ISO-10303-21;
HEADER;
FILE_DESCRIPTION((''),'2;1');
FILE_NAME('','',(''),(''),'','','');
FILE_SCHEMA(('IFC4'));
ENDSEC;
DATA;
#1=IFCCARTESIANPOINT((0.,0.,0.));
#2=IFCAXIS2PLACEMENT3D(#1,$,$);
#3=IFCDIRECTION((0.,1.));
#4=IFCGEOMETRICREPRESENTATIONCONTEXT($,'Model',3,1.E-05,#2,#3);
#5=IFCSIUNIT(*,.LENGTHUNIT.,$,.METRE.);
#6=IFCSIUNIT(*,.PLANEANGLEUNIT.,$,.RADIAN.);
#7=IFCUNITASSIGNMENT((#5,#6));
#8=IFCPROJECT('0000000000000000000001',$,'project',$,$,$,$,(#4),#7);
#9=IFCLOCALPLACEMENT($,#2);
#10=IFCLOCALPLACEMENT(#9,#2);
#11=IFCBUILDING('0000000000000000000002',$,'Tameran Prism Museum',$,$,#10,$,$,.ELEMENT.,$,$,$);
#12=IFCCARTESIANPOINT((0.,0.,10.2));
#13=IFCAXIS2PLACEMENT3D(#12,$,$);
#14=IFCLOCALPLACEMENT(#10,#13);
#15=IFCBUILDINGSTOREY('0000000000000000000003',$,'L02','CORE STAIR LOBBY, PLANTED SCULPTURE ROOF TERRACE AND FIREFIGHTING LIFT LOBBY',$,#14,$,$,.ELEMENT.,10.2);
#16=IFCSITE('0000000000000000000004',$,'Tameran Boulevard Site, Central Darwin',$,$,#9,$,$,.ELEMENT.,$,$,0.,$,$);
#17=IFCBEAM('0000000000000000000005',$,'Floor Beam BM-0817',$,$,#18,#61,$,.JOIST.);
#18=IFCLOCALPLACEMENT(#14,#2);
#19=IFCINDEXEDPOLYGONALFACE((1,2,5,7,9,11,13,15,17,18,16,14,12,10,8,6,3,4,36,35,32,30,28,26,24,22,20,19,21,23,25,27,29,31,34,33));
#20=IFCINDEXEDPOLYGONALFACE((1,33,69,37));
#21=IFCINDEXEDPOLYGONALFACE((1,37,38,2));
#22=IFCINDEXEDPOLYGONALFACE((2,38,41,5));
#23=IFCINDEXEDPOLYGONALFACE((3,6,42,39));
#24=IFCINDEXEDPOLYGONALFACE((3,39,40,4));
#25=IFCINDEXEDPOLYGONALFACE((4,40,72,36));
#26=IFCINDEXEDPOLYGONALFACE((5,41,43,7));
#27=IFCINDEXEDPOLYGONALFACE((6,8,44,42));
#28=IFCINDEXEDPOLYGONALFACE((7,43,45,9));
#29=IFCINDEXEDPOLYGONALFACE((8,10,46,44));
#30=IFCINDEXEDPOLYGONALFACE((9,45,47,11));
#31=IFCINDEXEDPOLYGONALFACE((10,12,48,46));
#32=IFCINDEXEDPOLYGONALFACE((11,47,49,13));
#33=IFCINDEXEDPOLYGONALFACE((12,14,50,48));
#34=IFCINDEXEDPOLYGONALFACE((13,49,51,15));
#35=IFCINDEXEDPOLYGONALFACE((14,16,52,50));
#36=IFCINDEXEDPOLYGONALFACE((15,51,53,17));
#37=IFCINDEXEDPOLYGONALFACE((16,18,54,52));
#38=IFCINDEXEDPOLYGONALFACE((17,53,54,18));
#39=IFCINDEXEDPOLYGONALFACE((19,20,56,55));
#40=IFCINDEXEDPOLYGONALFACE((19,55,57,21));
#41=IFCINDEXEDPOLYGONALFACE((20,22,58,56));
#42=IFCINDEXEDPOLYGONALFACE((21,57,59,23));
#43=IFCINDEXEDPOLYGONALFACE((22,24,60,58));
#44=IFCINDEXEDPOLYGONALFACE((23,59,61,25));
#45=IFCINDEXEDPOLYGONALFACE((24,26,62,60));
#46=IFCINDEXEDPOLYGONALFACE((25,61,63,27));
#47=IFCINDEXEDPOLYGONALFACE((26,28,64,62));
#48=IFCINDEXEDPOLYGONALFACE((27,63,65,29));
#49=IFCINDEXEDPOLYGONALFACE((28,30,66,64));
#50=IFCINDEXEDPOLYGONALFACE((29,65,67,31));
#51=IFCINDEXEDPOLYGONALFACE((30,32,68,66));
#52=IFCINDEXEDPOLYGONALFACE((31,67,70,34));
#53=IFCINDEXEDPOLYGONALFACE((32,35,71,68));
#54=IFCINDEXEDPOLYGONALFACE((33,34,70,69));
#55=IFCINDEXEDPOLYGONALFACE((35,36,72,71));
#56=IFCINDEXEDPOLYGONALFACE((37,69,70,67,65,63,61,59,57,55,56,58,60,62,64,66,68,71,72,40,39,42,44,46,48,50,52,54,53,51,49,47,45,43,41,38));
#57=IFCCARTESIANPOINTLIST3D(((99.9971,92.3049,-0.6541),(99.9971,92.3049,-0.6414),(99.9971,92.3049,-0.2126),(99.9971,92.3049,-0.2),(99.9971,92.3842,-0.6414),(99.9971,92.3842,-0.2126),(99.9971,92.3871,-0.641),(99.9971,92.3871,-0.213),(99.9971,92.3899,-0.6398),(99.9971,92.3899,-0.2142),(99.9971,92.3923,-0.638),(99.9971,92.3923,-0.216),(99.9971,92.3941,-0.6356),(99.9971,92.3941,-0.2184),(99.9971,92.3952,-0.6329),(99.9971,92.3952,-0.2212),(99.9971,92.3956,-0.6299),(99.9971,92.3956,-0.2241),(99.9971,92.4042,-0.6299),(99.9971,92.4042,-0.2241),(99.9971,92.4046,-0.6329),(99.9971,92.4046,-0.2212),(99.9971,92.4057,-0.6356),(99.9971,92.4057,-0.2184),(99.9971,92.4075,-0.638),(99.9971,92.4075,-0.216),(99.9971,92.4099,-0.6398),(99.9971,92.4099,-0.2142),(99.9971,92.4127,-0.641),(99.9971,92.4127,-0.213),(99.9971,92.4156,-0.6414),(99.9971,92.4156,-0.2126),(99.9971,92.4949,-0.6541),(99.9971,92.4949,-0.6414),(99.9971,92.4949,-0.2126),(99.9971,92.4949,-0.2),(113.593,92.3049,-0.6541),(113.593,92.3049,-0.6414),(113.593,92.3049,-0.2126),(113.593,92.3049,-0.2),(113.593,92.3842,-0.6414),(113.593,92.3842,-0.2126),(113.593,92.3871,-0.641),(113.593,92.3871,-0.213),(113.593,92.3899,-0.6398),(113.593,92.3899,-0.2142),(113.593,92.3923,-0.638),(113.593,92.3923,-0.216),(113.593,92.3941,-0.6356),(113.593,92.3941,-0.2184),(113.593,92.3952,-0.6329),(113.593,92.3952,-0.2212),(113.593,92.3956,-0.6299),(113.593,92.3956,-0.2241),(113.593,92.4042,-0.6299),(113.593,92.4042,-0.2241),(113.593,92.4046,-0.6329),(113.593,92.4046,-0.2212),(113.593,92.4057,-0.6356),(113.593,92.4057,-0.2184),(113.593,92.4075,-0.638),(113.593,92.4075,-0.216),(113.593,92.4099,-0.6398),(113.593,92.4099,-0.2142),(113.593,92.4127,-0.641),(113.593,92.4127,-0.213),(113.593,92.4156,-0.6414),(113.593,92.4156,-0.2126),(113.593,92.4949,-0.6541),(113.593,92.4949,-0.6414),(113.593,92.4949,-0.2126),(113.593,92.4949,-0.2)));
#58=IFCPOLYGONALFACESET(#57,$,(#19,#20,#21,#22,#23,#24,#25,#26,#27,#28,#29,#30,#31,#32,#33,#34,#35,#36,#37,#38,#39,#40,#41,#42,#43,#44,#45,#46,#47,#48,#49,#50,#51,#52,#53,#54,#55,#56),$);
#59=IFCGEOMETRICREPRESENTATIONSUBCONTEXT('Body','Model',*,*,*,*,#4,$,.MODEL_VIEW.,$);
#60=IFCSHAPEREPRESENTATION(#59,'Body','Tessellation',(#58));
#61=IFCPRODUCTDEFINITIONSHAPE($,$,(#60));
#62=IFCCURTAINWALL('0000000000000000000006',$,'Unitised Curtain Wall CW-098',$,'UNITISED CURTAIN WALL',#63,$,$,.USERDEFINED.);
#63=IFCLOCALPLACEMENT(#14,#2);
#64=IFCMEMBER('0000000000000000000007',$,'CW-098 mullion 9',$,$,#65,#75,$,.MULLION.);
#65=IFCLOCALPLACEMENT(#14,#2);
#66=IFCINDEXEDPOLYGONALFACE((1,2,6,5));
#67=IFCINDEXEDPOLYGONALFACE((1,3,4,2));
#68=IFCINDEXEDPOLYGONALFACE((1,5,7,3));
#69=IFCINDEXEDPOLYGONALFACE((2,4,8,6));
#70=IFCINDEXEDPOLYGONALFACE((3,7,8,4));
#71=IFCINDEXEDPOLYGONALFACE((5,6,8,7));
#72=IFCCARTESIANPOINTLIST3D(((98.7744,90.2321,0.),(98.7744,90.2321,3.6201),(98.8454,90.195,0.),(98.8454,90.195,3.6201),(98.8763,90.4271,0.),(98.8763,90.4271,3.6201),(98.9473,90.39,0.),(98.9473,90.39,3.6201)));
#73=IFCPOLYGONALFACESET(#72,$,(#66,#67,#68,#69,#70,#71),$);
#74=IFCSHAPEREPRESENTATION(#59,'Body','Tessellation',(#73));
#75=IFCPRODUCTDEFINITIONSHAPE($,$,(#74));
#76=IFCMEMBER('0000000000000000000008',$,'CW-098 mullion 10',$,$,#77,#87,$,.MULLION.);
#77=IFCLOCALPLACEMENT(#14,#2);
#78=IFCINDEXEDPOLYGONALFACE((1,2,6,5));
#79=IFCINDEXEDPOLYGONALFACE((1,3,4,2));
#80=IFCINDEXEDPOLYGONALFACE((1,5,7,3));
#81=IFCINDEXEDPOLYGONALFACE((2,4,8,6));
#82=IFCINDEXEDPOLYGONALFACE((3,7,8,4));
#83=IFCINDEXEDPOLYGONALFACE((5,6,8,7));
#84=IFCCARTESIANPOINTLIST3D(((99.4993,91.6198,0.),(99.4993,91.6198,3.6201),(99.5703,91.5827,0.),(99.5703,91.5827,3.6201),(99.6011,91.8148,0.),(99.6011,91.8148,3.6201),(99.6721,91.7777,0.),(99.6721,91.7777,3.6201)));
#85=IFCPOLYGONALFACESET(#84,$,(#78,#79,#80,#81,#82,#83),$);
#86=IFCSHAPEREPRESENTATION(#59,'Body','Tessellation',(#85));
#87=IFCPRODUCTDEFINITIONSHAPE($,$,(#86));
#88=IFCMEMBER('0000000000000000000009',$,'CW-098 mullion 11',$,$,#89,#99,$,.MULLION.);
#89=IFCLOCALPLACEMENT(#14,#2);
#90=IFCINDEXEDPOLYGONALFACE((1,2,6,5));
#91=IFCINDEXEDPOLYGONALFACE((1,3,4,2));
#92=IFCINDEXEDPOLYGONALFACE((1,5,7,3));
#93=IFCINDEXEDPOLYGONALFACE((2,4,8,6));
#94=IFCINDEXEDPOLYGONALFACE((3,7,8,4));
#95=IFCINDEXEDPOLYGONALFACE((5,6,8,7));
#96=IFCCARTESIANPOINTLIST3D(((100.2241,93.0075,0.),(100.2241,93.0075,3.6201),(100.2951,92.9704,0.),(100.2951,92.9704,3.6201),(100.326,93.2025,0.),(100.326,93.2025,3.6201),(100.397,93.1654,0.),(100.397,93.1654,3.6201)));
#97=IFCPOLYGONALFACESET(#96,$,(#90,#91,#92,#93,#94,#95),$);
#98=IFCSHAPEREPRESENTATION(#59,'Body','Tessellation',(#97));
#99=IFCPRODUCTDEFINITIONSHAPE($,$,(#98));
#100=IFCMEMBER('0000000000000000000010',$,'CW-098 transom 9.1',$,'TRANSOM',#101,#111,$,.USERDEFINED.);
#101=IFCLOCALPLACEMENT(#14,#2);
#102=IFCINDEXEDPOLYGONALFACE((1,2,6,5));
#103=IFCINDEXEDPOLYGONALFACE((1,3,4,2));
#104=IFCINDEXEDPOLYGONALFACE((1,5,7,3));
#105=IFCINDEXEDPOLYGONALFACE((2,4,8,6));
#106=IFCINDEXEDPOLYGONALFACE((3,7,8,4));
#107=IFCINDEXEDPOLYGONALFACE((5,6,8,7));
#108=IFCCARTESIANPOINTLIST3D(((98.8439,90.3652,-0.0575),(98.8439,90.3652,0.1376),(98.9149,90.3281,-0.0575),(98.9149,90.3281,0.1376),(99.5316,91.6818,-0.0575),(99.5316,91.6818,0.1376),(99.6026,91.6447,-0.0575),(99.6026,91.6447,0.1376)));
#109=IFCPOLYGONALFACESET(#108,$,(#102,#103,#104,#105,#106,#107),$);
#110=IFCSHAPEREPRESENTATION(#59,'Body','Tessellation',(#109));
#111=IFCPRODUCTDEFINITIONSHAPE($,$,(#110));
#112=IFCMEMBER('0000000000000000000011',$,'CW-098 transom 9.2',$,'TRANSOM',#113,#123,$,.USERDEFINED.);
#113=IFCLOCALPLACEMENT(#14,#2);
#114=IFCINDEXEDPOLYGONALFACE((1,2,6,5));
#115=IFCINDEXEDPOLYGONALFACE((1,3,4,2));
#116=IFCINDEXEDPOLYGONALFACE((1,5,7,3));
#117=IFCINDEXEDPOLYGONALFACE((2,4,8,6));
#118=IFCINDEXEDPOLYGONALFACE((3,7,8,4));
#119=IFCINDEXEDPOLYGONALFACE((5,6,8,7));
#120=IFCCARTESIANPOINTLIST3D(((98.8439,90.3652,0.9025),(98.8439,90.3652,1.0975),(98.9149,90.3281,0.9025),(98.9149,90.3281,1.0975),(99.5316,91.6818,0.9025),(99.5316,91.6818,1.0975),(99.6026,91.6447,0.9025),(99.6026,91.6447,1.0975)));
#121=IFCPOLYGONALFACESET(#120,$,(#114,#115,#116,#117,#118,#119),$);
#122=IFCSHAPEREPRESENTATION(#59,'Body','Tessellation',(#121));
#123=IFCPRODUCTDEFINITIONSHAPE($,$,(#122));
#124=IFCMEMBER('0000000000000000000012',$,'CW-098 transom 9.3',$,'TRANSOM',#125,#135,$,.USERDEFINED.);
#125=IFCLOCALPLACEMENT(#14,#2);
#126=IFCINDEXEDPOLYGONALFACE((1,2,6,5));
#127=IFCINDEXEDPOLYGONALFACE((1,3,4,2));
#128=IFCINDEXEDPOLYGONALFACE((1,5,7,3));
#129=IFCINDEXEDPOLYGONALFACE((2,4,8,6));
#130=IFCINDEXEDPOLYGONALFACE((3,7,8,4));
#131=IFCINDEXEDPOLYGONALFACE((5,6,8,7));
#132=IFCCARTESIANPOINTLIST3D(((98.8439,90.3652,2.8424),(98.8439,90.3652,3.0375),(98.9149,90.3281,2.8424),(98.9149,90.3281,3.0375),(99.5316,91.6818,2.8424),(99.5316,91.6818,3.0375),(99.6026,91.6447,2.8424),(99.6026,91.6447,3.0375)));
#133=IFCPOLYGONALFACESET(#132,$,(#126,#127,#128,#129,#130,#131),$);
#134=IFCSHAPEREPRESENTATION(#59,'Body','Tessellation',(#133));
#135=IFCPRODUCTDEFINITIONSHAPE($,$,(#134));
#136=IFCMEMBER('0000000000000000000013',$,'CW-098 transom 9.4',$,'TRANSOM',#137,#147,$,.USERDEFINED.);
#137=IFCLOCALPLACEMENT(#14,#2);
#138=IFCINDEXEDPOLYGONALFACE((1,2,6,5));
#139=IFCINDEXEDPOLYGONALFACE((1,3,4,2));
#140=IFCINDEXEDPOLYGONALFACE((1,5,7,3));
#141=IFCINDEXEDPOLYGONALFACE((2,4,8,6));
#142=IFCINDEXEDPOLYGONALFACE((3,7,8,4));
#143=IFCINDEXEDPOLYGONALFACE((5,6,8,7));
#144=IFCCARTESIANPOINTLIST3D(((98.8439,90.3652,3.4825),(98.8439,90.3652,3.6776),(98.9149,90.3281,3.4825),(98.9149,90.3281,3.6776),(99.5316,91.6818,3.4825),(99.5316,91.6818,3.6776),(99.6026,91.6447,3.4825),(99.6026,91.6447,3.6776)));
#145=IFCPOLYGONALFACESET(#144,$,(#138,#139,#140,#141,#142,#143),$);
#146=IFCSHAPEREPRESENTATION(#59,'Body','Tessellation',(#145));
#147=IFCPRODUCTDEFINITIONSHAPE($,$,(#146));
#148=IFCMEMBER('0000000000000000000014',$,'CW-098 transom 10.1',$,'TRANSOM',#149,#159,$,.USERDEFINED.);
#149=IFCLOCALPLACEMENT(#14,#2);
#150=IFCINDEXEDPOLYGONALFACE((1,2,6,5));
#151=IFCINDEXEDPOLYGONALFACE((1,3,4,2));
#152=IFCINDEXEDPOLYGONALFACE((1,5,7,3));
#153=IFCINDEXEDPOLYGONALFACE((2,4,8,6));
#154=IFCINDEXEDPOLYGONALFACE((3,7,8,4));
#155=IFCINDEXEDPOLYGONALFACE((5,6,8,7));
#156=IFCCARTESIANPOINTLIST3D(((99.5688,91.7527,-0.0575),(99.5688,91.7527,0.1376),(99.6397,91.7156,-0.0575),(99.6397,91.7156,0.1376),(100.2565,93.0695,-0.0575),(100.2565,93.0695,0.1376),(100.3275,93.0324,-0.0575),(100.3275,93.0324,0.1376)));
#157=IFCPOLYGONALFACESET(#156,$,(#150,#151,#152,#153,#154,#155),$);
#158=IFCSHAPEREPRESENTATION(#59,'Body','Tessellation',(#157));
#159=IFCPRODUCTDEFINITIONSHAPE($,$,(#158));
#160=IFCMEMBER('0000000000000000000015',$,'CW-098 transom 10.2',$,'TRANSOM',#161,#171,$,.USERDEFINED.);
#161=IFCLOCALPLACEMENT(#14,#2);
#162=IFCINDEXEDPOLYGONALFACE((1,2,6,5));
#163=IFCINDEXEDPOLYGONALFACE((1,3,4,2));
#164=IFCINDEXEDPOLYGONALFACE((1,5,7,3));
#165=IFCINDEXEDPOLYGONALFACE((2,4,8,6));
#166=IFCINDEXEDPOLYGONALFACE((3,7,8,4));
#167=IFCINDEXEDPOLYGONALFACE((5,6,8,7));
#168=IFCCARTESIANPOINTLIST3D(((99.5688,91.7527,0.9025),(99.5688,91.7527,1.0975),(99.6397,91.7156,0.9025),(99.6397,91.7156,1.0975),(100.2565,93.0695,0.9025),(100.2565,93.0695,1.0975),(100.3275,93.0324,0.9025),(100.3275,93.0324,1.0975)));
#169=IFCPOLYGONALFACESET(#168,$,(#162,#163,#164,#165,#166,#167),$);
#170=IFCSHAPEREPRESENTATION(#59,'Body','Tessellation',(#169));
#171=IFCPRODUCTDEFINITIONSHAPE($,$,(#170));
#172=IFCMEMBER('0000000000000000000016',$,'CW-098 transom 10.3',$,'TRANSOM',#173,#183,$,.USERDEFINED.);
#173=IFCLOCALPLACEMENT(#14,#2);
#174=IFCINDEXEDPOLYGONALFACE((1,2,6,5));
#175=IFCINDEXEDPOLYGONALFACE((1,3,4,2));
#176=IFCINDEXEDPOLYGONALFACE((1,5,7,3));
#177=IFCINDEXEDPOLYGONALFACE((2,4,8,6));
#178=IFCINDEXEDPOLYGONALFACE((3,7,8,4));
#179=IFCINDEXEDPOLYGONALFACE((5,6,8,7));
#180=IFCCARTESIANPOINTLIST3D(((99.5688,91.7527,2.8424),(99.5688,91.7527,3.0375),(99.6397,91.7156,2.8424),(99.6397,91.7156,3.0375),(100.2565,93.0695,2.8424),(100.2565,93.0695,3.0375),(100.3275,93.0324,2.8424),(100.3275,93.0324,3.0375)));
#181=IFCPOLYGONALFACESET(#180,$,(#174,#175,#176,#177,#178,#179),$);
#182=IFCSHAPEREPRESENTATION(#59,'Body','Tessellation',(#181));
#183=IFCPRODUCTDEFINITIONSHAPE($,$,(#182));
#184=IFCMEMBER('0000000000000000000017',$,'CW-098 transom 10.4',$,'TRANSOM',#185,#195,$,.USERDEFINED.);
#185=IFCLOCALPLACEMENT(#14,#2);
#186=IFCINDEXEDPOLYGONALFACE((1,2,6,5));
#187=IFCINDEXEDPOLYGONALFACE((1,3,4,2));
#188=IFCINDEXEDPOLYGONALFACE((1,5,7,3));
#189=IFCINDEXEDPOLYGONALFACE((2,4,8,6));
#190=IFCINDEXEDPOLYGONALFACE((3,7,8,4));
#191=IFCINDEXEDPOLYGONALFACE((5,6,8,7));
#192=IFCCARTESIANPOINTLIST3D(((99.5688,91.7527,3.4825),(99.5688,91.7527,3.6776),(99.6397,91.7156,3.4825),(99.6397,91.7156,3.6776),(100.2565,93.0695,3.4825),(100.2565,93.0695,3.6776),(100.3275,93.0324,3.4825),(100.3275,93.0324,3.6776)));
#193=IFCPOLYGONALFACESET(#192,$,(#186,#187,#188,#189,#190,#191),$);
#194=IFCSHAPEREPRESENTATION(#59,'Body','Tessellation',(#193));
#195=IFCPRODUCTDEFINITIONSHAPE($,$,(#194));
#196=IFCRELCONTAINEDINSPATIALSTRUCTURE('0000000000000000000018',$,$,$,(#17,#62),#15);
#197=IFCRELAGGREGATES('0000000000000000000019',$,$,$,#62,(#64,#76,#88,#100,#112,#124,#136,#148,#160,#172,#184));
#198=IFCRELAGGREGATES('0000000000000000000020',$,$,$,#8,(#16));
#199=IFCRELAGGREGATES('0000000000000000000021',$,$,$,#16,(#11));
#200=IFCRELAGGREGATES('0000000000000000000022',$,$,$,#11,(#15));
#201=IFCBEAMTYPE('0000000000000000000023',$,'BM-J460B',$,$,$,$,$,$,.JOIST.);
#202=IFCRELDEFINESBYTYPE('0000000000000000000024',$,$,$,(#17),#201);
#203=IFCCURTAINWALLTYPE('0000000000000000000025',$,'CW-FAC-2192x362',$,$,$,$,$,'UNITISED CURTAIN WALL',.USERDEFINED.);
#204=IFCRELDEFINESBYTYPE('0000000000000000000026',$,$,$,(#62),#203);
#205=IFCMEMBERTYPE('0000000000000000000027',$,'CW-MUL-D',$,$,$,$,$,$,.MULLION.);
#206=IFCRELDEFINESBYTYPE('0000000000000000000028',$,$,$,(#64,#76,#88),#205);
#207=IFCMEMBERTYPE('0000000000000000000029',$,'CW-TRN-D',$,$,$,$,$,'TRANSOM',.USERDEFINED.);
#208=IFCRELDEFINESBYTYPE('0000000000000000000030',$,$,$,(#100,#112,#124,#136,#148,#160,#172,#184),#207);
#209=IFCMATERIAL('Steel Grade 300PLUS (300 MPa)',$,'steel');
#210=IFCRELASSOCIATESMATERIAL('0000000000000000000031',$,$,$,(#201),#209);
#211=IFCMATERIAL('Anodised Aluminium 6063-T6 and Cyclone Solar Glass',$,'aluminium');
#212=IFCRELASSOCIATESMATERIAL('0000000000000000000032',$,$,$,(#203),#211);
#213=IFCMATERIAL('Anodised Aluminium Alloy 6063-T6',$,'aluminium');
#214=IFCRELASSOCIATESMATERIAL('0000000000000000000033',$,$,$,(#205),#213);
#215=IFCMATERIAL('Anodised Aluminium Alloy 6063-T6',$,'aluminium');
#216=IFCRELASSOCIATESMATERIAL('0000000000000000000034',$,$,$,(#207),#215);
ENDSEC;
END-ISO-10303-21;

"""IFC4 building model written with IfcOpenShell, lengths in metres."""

from ifc_helpers import new_model, si_unit, direction, frame, origin, origin_2d, place, context, subcontext, project, spatial, rectangle, i_section, extrude, material, material_profile, profile_set, type_object, element, aggregate, save


model = new_model("IFC4")

# Units and contexts
model_context = context("Model", 3, precision=1e-05, world=origin(), true_north=direction((0.0, 1.0)))
body_context = subcontext(model_context, "Body", "Model", "MODEL_VIEW")
ifc_project = project(units=[si_unit("LENGTHUNIT", "METRE"), si_unit("PLANEANGLEUNIT", "RADIAN")], contexts=[model_context])

# Site, building, storey
site_placement = place(None, origin())
site = spatial("IfcSite", under=ifc_project, at=site_placement, Name="Tameran Boulevard Site, Central Darwin", CompositionType="ELEMENT", RefElevation=0.0)
building_placement = place(site_placement, origin())
building = spatial("IfcBuilding", under=site, at=building_placement, Name="Tameran Prism Museum", CompositionType="ELEMENT")
storey_placement = place(building_placement, frame((0.0, 0.0, 10.2)))
storey = spatial("IfcBuildingStorey", under=building, at=storey_placement, Name="L02", Description="CORE STAIR LOBBY, PLANTED SCULPTURE ROOF TERRACE AND FIREFIGHTING LIFT LOBBY", CompositionType="ELEMENT", Elevation=10.2)

# Beam
ifc_material_1 = material(Name="Steel Grade 300PLUS (300 MPa)", Category="steel")
ifc_material_profile_1 = material_profile(ifc_material_1, i_section(OverallWidth=0.1899, OverallDepth=0.4541, WebThickness=0.0085, FlangeThickness=0.0127, FilletRadius=0.0115, at=origin_2d()))
ifc_profile_set_1 = profile_set([ifc_material_profile_1])
beam_type = type_object("IfcBeamType", Name="BM-J460B", PredefinedType="JOIST", material=ifc_profile_set_1)
beam_placement = place(storey_placement, frame((99.9971, 92.3999, -0.427), z_axis=(1.0, 0.0, 0.0), x_axis=(0.0, 1.0, 0.0)))
element("IfcBeam", 1, at=beam_placement, inside=storey, type_object=beam_type, Name="Floor Beam BM-0817", PredefinedType="JOIST", context=body_context, shape_type="SweptSolid", body=[
    extrude(i_section(OverallWidth=0.1899, OverallDepth=0.4541, WebThickness=0.0085, FlangeThickness=0.0127, FilletRadius=0.0115, at=origin_2d()), origin(), (0.0, 0.0, 1.0), 13.5959),
])

# Curtain wall, members
ifc_material_2 = material(Name="Anodised Aluminium 6063-T6 and Cyclone Solar Glass", Category="aluminium")
curtain_wall_type = type_object("IfcCurtainWallType", Name="CW-FAC-2192x362", ElementType="UNITISED CURTAIN WALL", PredefinedType="USERDEFINED", material=ifc_material_2)
curtain_wall_placement = place(storey_placement, origin())
curtain_wall = element("IfcCurtainWall", 2, at=curtain_wall_placement, inside=storey, type_object=curtain_wall_type, Name="Unitised Curtain Wall CW-098", ObjectType="UNITISED CURTAIN WALL", PredefinedType="USERDEFINED")
ifc_material_3 = material(Name="Anodised Aluminium Alloy 6063-T6", Category="aluminium")
ifc_material_profile_2 = material_profile(ifc_material_3, rectangle(XDim=0.0801, YDim=0.22, at=origin_2d()))
ifc_profile_set_2 = profile_set([ifc_material_profile_2])
member_type_1 = type_object("IfcMemberType", Name="CW-MUL-D", PredefinedType="MULLION", material=ifc_profile_set_2)
member_1_placement = place(storey_placement, frame((98.8608, 90.311, 0.0), z_axis=(0.0, 0.0, 1.0), x_axis=(-0.886357, 0.463003, 0.0)))
member_1 = element("IfcMember", 3, at=member_1_placement, type_object=member_type_1, Name="CW-098 mullion 9", PredefinedType="MULLION", context=body_context, shape_type="SweptSolid", body=[
    extrude(rectangle(XDim=0.0801, YDim=0.22, at=origin_2d()), origin(), (0.0, 0.0, 1.0), 3.6201),
])
member_2_placement = place(storey_placement, frame((99.5857, 91.6987, 0.0), z_axis=(0.0, 0.0, 1.0), x_axis=(-0.886357, 0.463003, 0.0)))
member_2 = element("IfcMember", 4, at=member_2_placement, type_object=member_type_1, Name="CW-098 mullion 10", PredefinedType="MULLION", context=body_context, shape_type="SweptSolid", body=[
    extrude(rectangle(XDim=0.0801, YDim=0.22, at=origin_2d()), origin(), (0.0, 0.0, 1.0), 3.6201),
])
member_3_placement = place(storey_placement, frame((100.3105, 93.0864, 0.0), z_axis=(0.0, 0.0, 1.0), x_axis=(-0.886357, 0.463003, 0.0)))
member_3 = element("IfcMember", 5, at=member_3_placement, type_object=member_type_1, Name="CW-098 mullion 11", PredefinedType="MULLION", context=body_context, shape_type="SweptSolid", body=[
    extrude(rectangle(XDim=0.0801, YDim=0.22, at=origin_2d()), origin(), (0.0, 0.0, 1.0), 3.6201),
])
ifc_material_4 = material(Name="Anodised Aluminium Alloy 6063-T6", Category="aluminium")
ifc_material_profile_3 = material_profile(ifc_material_4, rectangle(XDim=0.0801, YDim=0.1951, at=origin_2d()))
ifc_profile_set_3 = profile_set([ifc_material_profile_3])
member_type_2 = type_object("IfcMemberType", Name="CW-TRN-D", ElementType="TRANSOM", PredefinedType="USERDEFINED", material=ifc_profile_set_3)
member_4_placement = place(storey_placement, frame((98.8794, 90.3467, 0.04), z_axis=(0.462987, 0.886365, 0.0), x_axis=(-0.886365, 0.462987, 0.0)))
member_4 = element("IfcMember", 6, at=member_4_placement, type_object=member_type_2, Name="CW-098 transom 9.1", ObjectType="TRANSOM", PredefinedType="USERDEFINED", context=body_context, shape_type="SweptSolid", body=[
    extrude(rectangle(XDim=0.0801, YDim=0.1951, at=origin_2d()), origin(), (0.0, 0.0, 1.0), 1.4854),
])
member_5_placement = place(storey_placement, frame((98.8794, 90.3467, 1.0), z_axis=(0.462987, 0.886365, 0.0), x_axis=(-0.886365, 0.462987, 0.0)))
member_5 = element("IfcMember", 7, at=member_5_placement, type_object=member_type_2, Name="CW-098 transom 9.2", ObjectType="TRANSOM", PredefinedType="USERDEFINED", context=body_context, shape_type="SweptSolid", body=[
    extrude(rectangle(XDim=0.0801, YDim=0.1951, at=origin_2d()), origin(), (0.0, 0.0, 1.0), 1.4854),
])
member_6_placement = place(storey_placement, frame((98.8794, 90.3467, 2.9399), z_axis=(0.462987, 0.886365, 0.0), x_axis=(-0.886365, 0.462987, 0.0)))
member_6 = element("IfcMember", 8, at=member_6_placement, type_object=member_type_2, Name="CW-098 transom 9.3", ObjectType="TRANSOM", PredefinedType="USERDEFINED", context=body_context, shape_type="SweptSolid", body=[
    extrude(rectangle(XDim=0.0801, YDim=0.1951, at=origin_2d()), origin(), (0.0, 0.0, 1.0), 1.4854),
])
member_7_placement = place(storey_placement, frame((98.8794, 90.3467, 3.5801), z_axis=(0.462987, 0.886365, 0.0), x_axis=(-0.886365, 0.462987, 0.0)))
member_7 = element("IfcMember", 9, at=member_7_placement, type_object=member_type_2, Name="CW-098 transom 9.4", ObjectType="TRANSOM", PredefinedType="USERDEFINED", context=body_context, shape_type="SweptSolid", body=[
    extrude(rectangle(XDim=0.0801, YDim=0.1951, at=origin_2d()), origin(), (0.0, 0.0, 1.0), 1.4854),
])
member_8_placement = place(storey_placement, frame((99.6042, 91.7341, 0.04), z_axis=(0.46292, 0.8864, 0.0), x_axis=(-0.8864, 0.46292, 0.0)))
member_8 = element("IfcMember", 10, at=member_8_placement, type_object=member_type_2, Name="CW-098 transom 10.1", ObjectType="TRANSOM", PredefinedType="USERDEFINED", context=body_context, shape_type="SweptSolid", body=[
    extrude(rectangle(XDim=0.0801, YDim=0.1951, at=origin_2d()), origin(), (0.0, 0.0, 1.0), 1.4856),
])
member_9_placement = place(storey_placement, frame((99.6042, 91.7341, 1.0), z_axis=(0.46292, 0.8864, 0.0), x_axis=(-0.8864, 0.46292, 0.0)))
member_9 = element("IfcMember", 11, at=member_9_placement, type_object=member_type_2, Name="CW-098 transom 10.2", ObjectType="TRANSOM", PredefinedType="USERDEFINED", context=body_context, shape_type="SweptSolid", body=[
    extrude(rectangle(XDim=0.0801, YDim=0.1951, at=origin_2d()), origin(), (0.0, 0.0, 1.0), 1.4856),
])
member_10_placement = place(storey_placement, frame((99.6042, 91.7341, 2.9399), z_axis=(0.46292, 0.8864, 0.0), x_axis=(-0.8864, 0.46292, 0.0)))
member_10 = element("IfcMember", 12, at=member_10_placement, type_object=member_type_2, Name="CW-098 transom 10.3", ObjectType="TRANSOM", PredefinedType="USERDEFINED", context=body_context, shape_type="SweptSolid", body=[
    extrude(rectangle(XDim=0.0801, YDim=0.1951, at=origin_2d()), origin(), (0.0, 0.0, 1.0), 1.4856),
])
member_11_placement = place(storey_placement, frame((99.6042, 91.7341, 3.5801), z_axis=(0.46292, 0.8864, 0.0), x_axis=(-0.8864, 0.46292, 0.0)))
member_11 = element("IfcMember", 13, at=member_11_placement, type_object=member_type_2, Name="CW-098 transom 10.4", ObjectType="TRANSOM", PredefinedType="USERDEFINED", context=body_context, shape_type="SweptSolid", body=[
    extrude(rectangle(XDim=0.0801, YDim=0.1951, at=origin_2d()), origin(), (0.0, 0.0, 1.0), 1.4856),
])
aggregate(curtain_wall, [member_1, member_2, member_3, member_4, member_5, member_6, member_7, member_8, member_9, member_10, member_11])

save(model, "model.ifc")
